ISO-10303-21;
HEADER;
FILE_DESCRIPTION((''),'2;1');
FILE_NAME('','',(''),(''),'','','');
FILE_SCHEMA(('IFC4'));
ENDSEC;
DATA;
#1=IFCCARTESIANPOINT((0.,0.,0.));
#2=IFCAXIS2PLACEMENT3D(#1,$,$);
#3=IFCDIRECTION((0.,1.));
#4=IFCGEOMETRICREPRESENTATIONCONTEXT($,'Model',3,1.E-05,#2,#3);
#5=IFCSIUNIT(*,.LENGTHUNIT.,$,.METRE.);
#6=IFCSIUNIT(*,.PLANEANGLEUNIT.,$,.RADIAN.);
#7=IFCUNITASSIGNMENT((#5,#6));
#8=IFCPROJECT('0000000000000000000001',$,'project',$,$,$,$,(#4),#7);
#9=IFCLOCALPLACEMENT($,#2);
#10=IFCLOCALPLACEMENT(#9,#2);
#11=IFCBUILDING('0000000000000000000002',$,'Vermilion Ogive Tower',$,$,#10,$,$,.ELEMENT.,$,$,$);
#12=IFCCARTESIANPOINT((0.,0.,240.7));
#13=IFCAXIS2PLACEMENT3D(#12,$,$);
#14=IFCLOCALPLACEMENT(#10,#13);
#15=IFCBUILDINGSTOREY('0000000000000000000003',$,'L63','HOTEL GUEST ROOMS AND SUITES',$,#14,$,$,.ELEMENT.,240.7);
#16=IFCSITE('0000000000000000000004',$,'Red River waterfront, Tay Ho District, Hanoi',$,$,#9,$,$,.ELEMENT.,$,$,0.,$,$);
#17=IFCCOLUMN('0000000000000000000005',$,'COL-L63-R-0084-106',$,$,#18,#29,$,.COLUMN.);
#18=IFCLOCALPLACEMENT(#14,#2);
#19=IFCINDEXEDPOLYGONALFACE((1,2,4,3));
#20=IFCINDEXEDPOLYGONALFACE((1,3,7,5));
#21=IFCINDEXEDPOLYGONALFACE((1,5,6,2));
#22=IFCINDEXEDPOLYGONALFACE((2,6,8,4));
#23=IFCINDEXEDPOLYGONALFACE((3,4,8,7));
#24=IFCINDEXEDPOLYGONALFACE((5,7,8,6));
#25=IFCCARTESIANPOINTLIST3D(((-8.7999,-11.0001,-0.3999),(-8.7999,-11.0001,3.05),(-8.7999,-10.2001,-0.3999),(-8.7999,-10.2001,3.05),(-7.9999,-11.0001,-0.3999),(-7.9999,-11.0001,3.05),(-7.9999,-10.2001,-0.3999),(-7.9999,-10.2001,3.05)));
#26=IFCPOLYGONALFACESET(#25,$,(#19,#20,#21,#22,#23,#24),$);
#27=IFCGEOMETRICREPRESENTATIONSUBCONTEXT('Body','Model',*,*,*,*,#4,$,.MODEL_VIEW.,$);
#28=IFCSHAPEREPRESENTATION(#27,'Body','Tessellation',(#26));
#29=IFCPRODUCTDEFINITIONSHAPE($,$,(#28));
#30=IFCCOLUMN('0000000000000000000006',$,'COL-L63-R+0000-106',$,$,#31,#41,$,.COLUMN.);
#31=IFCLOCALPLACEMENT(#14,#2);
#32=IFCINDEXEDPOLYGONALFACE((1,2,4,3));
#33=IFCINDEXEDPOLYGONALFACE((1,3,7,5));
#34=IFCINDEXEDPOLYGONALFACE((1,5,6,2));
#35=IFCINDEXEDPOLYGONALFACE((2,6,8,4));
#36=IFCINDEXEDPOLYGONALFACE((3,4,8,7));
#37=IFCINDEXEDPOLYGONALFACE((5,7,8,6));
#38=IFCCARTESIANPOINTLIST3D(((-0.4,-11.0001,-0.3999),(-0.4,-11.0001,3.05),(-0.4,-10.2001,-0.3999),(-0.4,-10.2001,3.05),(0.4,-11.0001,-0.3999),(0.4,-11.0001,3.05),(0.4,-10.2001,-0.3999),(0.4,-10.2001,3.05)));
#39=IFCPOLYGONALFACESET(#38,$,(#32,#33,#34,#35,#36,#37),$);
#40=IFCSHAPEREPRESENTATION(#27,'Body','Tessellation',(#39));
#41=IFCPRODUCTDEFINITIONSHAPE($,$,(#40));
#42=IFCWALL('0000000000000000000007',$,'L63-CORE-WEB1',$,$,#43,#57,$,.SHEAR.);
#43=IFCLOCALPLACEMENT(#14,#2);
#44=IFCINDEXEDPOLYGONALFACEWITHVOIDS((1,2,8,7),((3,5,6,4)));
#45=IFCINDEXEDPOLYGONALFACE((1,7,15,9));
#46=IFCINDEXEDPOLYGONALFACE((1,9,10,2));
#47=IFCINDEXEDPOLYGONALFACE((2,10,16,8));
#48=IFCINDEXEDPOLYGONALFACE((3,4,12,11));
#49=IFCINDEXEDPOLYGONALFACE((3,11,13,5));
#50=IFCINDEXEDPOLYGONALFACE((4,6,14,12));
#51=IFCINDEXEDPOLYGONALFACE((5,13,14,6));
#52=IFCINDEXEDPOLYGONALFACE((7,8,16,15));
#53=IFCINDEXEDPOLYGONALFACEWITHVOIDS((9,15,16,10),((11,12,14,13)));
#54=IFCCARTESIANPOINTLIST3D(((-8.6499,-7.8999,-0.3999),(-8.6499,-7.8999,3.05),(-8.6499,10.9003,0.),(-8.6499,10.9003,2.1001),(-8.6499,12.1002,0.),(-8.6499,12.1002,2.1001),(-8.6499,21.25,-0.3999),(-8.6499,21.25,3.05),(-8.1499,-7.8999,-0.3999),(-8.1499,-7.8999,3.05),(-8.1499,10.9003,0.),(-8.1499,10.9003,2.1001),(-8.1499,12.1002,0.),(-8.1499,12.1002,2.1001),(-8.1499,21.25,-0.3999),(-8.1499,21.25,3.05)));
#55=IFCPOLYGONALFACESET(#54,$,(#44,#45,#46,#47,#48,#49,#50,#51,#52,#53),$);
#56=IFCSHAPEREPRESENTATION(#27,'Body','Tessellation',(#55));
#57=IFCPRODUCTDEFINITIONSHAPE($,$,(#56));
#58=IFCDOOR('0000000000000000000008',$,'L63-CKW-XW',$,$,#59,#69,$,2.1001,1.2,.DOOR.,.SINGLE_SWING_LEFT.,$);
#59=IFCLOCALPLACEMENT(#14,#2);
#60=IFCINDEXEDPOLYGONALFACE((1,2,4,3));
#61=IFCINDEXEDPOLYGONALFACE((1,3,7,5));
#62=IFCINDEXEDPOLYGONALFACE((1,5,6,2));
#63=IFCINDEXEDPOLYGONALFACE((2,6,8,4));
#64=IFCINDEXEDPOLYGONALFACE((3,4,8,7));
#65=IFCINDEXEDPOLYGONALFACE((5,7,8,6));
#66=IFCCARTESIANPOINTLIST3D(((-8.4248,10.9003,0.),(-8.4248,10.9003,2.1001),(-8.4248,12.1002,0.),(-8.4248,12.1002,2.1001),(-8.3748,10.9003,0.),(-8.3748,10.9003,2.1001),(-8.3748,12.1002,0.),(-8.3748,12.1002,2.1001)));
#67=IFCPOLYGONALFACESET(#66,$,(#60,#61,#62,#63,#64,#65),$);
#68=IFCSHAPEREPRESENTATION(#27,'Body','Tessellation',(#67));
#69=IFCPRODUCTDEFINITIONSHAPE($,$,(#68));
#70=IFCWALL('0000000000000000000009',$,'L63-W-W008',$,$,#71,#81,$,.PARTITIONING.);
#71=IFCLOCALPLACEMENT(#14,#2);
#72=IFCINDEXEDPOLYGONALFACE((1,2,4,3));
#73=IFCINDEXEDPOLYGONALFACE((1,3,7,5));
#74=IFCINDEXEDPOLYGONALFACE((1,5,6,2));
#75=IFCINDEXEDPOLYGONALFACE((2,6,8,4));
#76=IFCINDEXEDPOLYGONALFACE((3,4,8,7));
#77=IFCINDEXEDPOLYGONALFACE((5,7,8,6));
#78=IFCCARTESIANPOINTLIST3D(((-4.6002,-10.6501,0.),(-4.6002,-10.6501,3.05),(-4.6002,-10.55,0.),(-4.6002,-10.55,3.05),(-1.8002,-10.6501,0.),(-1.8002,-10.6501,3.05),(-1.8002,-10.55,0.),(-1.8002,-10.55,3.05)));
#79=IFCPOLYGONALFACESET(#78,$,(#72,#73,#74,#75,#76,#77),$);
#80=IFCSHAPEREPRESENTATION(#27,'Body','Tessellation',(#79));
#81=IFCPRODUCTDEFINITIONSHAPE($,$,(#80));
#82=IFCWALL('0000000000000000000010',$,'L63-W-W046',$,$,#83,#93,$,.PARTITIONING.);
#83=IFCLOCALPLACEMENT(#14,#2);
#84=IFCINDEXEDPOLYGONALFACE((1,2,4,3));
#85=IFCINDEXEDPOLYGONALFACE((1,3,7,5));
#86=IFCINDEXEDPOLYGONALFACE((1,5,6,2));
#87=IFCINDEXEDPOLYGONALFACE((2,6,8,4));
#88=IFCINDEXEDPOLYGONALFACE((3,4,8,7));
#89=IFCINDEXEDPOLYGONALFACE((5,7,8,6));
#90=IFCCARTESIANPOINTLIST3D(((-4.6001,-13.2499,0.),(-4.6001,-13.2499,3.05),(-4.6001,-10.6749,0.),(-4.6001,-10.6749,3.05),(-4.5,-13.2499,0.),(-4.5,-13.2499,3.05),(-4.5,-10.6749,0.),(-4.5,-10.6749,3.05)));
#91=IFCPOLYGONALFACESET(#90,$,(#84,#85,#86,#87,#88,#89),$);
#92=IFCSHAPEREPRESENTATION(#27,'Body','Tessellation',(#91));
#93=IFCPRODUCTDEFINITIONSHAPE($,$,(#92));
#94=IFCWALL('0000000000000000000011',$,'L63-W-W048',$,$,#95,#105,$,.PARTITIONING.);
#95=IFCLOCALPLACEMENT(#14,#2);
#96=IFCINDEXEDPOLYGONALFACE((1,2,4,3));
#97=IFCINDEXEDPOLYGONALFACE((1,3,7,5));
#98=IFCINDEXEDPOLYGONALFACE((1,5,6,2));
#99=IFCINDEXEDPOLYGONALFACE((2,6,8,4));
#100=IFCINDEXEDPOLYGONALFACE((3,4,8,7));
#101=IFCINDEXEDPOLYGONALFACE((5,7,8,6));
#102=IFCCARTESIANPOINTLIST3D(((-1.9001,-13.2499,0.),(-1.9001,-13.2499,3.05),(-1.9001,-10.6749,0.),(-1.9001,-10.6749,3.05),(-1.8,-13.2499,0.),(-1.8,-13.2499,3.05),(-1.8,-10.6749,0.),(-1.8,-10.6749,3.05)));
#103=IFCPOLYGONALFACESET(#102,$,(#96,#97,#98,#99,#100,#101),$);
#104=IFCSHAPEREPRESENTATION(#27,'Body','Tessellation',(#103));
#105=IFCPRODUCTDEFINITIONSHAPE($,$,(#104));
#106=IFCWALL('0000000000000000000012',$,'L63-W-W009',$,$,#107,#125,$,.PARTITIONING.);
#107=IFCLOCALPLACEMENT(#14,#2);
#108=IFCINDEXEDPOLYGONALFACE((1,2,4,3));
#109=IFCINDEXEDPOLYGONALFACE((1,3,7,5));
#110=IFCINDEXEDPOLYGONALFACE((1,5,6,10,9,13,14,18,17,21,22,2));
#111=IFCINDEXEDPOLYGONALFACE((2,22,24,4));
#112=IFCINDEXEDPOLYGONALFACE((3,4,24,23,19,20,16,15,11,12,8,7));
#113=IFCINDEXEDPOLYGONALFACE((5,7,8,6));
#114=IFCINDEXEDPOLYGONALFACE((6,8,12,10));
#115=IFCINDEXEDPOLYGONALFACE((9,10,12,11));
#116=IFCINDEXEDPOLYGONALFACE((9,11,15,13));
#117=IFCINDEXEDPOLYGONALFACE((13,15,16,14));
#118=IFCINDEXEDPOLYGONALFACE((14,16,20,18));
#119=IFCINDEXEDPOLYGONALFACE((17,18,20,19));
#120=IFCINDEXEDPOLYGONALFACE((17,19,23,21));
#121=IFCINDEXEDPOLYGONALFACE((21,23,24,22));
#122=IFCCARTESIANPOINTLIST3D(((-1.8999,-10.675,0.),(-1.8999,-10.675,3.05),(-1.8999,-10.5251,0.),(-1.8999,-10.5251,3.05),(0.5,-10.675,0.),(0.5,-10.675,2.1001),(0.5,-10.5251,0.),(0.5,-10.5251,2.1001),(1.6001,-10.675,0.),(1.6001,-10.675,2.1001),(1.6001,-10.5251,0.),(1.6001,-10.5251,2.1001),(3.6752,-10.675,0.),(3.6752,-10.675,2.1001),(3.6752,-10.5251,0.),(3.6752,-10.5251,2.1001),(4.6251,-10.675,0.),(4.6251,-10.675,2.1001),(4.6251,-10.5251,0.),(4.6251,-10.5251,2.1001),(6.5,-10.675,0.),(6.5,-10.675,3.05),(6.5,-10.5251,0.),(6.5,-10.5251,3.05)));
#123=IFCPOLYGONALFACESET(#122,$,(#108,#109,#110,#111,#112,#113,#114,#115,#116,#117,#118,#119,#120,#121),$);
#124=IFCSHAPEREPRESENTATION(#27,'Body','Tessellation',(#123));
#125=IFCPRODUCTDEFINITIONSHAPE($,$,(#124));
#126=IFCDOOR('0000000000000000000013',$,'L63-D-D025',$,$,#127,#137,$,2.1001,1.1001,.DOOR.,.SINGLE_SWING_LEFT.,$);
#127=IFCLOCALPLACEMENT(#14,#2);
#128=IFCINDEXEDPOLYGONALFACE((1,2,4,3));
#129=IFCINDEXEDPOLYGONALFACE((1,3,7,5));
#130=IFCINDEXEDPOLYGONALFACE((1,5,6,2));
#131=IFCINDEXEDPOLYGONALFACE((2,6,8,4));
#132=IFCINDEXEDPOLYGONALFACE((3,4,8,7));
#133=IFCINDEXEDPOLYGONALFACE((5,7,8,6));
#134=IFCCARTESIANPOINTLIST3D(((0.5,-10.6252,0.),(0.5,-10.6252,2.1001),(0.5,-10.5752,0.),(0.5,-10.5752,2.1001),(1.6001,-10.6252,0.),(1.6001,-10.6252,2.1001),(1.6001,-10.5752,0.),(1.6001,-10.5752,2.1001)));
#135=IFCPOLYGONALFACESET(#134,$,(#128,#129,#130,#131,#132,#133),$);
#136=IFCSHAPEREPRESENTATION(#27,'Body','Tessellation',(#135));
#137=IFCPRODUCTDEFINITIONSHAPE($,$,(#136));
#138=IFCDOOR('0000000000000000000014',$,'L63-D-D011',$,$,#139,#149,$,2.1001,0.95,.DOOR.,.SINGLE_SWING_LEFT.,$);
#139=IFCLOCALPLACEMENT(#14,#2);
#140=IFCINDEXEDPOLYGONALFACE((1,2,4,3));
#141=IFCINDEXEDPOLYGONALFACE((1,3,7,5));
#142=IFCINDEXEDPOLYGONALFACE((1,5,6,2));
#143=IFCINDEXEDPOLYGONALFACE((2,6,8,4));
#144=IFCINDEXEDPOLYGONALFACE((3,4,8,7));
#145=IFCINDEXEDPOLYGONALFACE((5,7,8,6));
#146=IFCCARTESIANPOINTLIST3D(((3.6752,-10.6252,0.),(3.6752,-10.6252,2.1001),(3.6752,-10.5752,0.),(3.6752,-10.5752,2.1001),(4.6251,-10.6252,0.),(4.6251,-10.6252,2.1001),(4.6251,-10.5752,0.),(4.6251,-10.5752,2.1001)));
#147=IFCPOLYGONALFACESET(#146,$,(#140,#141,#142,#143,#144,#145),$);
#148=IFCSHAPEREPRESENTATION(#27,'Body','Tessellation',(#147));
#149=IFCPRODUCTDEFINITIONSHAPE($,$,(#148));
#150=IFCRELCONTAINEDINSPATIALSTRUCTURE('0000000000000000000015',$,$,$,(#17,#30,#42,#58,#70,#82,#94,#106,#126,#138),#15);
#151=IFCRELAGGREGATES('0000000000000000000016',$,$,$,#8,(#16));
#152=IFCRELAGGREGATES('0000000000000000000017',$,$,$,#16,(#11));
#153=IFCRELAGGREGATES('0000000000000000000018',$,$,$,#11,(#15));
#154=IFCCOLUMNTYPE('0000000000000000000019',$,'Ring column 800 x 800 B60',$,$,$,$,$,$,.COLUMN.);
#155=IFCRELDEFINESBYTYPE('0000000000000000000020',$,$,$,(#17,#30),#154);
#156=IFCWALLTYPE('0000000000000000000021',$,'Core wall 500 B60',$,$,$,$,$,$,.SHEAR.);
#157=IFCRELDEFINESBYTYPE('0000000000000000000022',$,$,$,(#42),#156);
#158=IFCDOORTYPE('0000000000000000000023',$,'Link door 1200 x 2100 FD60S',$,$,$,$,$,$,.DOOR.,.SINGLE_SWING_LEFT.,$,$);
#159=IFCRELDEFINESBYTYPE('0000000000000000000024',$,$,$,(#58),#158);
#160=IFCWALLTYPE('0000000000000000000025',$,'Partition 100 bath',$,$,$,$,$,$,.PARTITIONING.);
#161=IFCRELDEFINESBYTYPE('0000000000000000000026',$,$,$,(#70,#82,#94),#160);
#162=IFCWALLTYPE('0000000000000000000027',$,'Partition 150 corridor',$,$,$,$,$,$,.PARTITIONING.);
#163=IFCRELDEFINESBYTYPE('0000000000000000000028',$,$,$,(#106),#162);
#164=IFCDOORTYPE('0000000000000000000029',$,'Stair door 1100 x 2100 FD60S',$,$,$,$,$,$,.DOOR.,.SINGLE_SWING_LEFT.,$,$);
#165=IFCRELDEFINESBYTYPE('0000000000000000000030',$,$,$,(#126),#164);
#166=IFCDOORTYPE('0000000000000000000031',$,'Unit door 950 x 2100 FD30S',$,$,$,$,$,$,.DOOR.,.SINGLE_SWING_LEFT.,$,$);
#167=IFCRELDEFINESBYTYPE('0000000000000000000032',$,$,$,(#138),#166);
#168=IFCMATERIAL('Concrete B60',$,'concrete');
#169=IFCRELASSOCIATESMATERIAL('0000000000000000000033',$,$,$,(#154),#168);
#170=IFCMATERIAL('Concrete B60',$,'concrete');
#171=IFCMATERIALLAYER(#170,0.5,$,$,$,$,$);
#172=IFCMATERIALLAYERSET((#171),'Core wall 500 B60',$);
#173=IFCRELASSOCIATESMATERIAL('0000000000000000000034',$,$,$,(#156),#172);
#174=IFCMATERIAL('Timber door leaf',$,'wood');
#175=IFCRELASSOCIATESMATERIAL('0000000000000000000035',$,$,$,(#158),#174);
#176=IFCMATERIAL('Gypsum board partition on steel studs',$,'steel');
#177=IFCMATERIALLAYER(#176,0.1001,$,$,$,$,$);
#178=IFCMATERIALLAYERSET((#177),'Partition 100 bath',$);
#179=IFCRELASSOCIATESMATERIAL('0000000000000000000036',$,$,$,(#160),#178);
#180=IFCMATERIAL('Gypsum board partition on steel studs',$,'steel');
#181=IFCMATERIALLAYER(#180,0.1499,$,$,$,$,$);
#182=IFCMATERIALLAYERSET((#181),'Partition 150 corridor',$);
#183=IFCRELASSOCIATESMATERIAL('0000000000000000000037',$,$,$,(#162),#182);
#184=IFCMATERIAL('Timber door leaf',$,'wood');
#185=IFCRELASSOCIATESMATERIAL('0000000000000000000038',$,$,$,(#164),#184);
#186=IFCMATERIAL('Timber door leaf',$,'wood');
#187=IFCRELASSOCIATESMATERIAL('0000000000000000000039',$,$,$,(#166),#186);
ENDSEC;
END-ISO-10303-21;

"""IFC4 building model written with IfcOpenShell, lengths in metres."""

from ifc_helpers import new_model, si_unit, direction, frame, frame_2d, origin, origin_2d, place, context, subcontext, project, spatial, rectangle, extrude, material, layer, layer_set, material_profile, profile_set, type_object, element, fill, save


model = new_model("IFC4")

# Units and contexts
model_context = context("Model", 3, precision=1e-05, world=origin(), true_north=direction((0.0, 1.0)))
body_context = subcontext(model_context, "Body", "Model", "MODEL_VIEW")
ifc_project = project(units=[si_unit("LENGTHUNIT", "METRE"), si_unit("PLANEANGLEUNIT", "RADIAN")], contexts=[model_context])

# Site, building, storey
site_placement = place(None, origin())
site = spatial("IfcSite", under=ifc_project, at=site_placement, Name="Red River waterfront, Tay Ho District, Hanoi", CompositionType="ELEMENT", RefElevation=0.0)
building_placement = place(site_placement, origin())
building = spatial("IfcBuilding", under=site, at=building_placement, Name="Vermilion Ogive Tower", CompositionType="ELEMENT")
storey_placement = place(building_placement, frame((0.0, 0.0, 240.7)))
storey = spatial("IfcBuildingStorey", under=building, at=storey_placement, Name="L63", Description="HOTEL GUEST ROOMS AND SUITES", CompositionType="ELEMENT", Elevation=240.7)

# Columns
ifc_material_1 = material(Name="Concrete B60", Category="concrete")
ifc_material_profile = material_profile(ifc_material_1, rectangle(XDim=0.8, YDim=0.8, at=origin_2d()), Name="800 x 800")
ifc_profile_set = profile_set([ifc_material_profile], Name="Concrete B60")
column_type = type_object("IfcColumnType", Name="Ring column 800 x 800 B60", PredefinedType="COLUMN", material=ifc_profile_set)
for number, where, z_axis, x_axis, name in (
    (1, (-8.3999, -10.6001, -0.3999), (0.0, 0.0, 1.0), (1.0, 0.0, 0.0), "COL-L63-R-0084-106"),
    (2, (0.0, -10.6001, -0.3999), (0.0, 0.0, 1.0), (1.0, 0.0, 0.0), "COL-L63-R+0000-106"),
):
    element("IfcColumn", number, at=place(storey_placement, frame(where, z_axis=z_axis, x_axis=x_axis)), inside=storey, type_object=column_type, Name=name, PredefinedType="COLUMN", context=body_context, shape_type="SweptSolid", body=[
        extrude(rectangle(XDim=0.8, YDim=0.8, at=origin_2d()), origin(), (0.0, 0.0, 1.0), 3.45),
    ])

# Wall, opening, door
ifc_material_2 = material(Name="Concrete B60", Category="concrete")
ifc_layer_1 = layer(ifc_material_2, 0.5)
ifc_layer_set_1 = layer_set([ifc_layer_1], Name="Core wall 500 B60")
wall_type_1 = type_object("IfcWallType", Name="Core wall 500 B60", PredefinedType="SHEAR", material=ifc_layer_set_1)
wall_1_placement = place(storey_placement, frame((-8.3999, -7.8999, -0.3999), z_axis=(0.0, 0.0, 1.0), x_axis=(0.0, 1.0, 0.0)))
wall_1 = element("IfcWall", 3, at=wall_1_placement, inside=storey, type_object=wall_type_1, Name="L63-CORE-WEB1", PredefinedType="SHEAR", context=body_context, shape_type="SweptSolid", body=[
    extrude(rectangle(XDim=29.1499, YDim=0.5, at=frame_2d((14.575, 0.0))), origin(), (0.0, 0.0, 1.0), 3.45),
])
opening_1_placement = place(wall_1_placement, frame((18.8, 0.0, 0.3999)))
opening_1 = element("IfcOpeningElement", 4, at=opening_1_placement, cuts=wall_1, PredefinedType="OPENING", context=body_context, shape_type="SweptSolid", body=[
    extrude(rectangle(XDim=1.2, YDim=2.1001, at=frame_2d((0.6001, 1.05))), frame((0.0, 0.26, 0.0), z_axis=(0.0, -1.0, 0.0), x_axis=(1.0, 0.0, 0.0)), (0.0, 0.0, 1.0), 0.52),
])
ifc_material_3 = material(Name="Timber door leaf", Category="wood")
door_type_1 = type_object("IfcDoorType", Name="Link door 1200 x 2100 FD60S", OperationType="SINGLE_SWING_LEFT", PredefinedType="DOOR", material=ifc_material_3)
door_1_placement = place(opening_1_placement, origin())
door_1 = element("IfcDoor", 5, at=door_1_placement, inside=storey, type_object=door_type_1, Name="L63-CKW-XW", OperationType="SINGLE_SWING_LEFT", OverallHeight=2.1001, OverallWidth=1.2, PredefinedType="DOOR", context=body_context, shape_type="SweptSolid", body=[
    extrude(rectangle(XDim=1.2, YDim=2.1001, at=frame_2d((0.6001, 1.05))), frame((0.0, 0.0249, 0.0), z_axis=(0.0, -1.0, 0.0), x_axis=(1.0, 0.0, 0.0)), (0.0, 0.0, 1.0), 0.05),
])
fill(opening_1, door_1)

# Walls
ifc_material_4 = material(Name="Gypsum board partition on steel studs", Category="steel")
ifc_layer_2 = layer(ifc_material_4, 0.1001)
ifc_layer_set_2 = layer_set([ifc_layer_2], Name="Partition 100 bath")
wall_type_2 = type_object("IfcWallType", Name="Partition 100 bath", PredefinedType="PARTITIONING", material=ifc_layer_set_2)
wall_2_placement = place(storey_placement, frame((-4.6001, -10.6001, 0.0), z_axis=(0.0, 0.0, 1.0), x_axis=(1.0, 0.0, 0.0)))
element("IfcWall", 6, at=wall_2_placement, inside=storey, type_object=wall_type_2, Name="L63-W-W008", PredefinedType="PARTITIONING", context=body_context, shape_type="SweptSolid", body=[
    extrude(rectangle(XDim=2.8, YDim=0.1001, at=frame_2d((1.3999, 0.0))), origin(), (0.0, 0.0, 1.0), 3.05),
])
for number, where, z_axis, x_axis, name in (
    (7, (-4.55, -13.25, 0.0), (0.0, 0.0, 1.0), (0.0, 1.0, 0.0), "L63-W-W046"),
    (8, (-1.8501, -13.25, 0.0), (0.0, 0.0, 1.0), (0.0, 1.0, 0.0), "L63-W-W048"),
):
    element("IfcWall", number, at=place(storey_placement, frame(where, z_axis=z_axis, x_axis=x_axis)), inside=storey, type_object=wall_type_2, Name=name, PredefinedType="PARTITIONING", context=body_context, shape_type="SweptSolid", body=[
        extrude(rectangle(XDim=2.575, YDim=0.1001, at=frame_2d((1.2876, 0.0))), origin(), (0.0, 0.0, 1.0), 3.05),
    ])

# Wall, openings, doors
ifc_material_5 = material(Name="Gypsum board partition on steel studs", Category="steel")
ifc_layer_3 = layer(ifc_material_5, 0.1499)
ifc_layer_set_3 = layer_set([ifc_layer_3], Name="Partition 150 corridor")
wall_type_3 = type_object("IfcWallType", Name="Partition 150 corridor", PredefinedType="PARTITIONING", material=ifc_layer_set_3)
wall_3_placement = place(storey_placement, frame((-1.8999, -10.6001, 0.0), z_axis=(0.0, 0.0, 1.0), x_axis=(1.0, 0.0, 0.0)))
wall_3 = element("IfcWall", 9, at=wall_3_placement, inside=storey, type_object=wall_type_3, Name="L63-W-W009", PredefinedType="PARTITIONING", context=body_context, shape_type="SweptSolid", body=[
    extrude(rectangle(XDim=8.3999, YDim=0.1499, at=frame_2d((4.2, 0.0))), origin(), (0.0, 0.0, 1.0), 3.05),
])
opening_2_placement = place(wall_3_placement, frame((5.575, 0.0, 0.0)))
opening_2 = element("IfcOpeningElement", 10, at=opening_2_placement, cuts=wall_3, PredefinedType="OPENING", context=body_context, shape_type="SweptSolid", body=[
    extrude(rectangle(XDim=0.95, YDim=2.1001, at=frame_2d((0.4751, 1.05))), frame((0.0, 0.085, 0.0), z_axis=(0.0, -1.0, 0.0), x_axis=(1.0, 0.0, 0.0)), (0.0, 0.0, 1.0), 0.1699),
])
opening_3_placement = place(wall_3_placement, frame((2.3999, 0.0, 0.0)))
opening_3 = element("IfcOpeningElement", 11, at=opening_3_placement, cuts=wall_3, PredefinedType="OPENING", context=body_context, shape_type="SweptSolid", body=[
    extrude(rectangle(XDim=1.1001, YDim=2.1001, at=frame_2d((0.55, 1.05))), frame((0.0, 0.085, 0.0), z_axis=(0.0, -1.0, 0.0), x_axis=(1.0, 0.0, 0.0)), (0.0, 0.0, 1.0), 0.1699),
])
ifc_material_6 = material(Name="Timber door leaf", Category="wood")
door_type_2 = type_object("IfcDoorType", Name="Stair door 1100 x 2100 FD60S", OperationType="SINGLE_SWING_LEFT", PredefinedType="DOOR", material=ifc_material_6)
door_2_placement = place(opening_3_placement, origin())
door_2 = element("IfcDoor", 12, at=door_2_placement, inside=storey, type_object=door_type_2, Name="L63-D-D025", OperationType="SINGLE_SWING_LEFT", OverallHeight=2.1001, OverallWidth=1.1001, PredefinedType="DOOR", context=body_context, shape_type="SweptSolid", body=[
    extrude(rectangle(XDim=1.1001, YDim=2.1001, at=frame_2d((0.55, 1.05))), frame((0.0, 0.0249, 0.0), z_axis=(0.0, -1.0, 0.0), x_axis=(1.0, 0.0, 0.0)), (0.0, 0.0, 1.0), 0.05),
])
fill(opening_3, door_2)
ifc_material_7 = material(Name="Timber door leaf", Category="wood")
door_type_3 = type_object("IfcDoorType", Name="Unit door 950 x 2100 FD30S", OperationType="SINGLE_SWING_LEFT", PredefinedType="DOOR", material=ifc_material_7)
door_3_placement = place(opening_2_placement, origin())
door_3 = element("IfcDoor", 13, at=door_3_placement, inside=storey, type_object=door_type_3, Name="L63-D-D011", OperationType="SINGLE_SWING_LEFT", OverallHeight=2.1001, OverallWidth=0.95, PredefinedType="DOOR", context=body_context, shape_type="SweptSolid", body=[
    extrude(rectangle(XDim=0.95, YDim=2.1001, at=frame_2d((0.4751, 1.05))), frame((0.0, 0.0249, 0.0), z_axis=(0.0, -1.0, 0.0), x_axis=(1.0, 0.0, 0.0)), (0.0, 0.0, 1.0), 0.05),
])
fill(opening_2, door_3)

save(model, "model.ifc")
